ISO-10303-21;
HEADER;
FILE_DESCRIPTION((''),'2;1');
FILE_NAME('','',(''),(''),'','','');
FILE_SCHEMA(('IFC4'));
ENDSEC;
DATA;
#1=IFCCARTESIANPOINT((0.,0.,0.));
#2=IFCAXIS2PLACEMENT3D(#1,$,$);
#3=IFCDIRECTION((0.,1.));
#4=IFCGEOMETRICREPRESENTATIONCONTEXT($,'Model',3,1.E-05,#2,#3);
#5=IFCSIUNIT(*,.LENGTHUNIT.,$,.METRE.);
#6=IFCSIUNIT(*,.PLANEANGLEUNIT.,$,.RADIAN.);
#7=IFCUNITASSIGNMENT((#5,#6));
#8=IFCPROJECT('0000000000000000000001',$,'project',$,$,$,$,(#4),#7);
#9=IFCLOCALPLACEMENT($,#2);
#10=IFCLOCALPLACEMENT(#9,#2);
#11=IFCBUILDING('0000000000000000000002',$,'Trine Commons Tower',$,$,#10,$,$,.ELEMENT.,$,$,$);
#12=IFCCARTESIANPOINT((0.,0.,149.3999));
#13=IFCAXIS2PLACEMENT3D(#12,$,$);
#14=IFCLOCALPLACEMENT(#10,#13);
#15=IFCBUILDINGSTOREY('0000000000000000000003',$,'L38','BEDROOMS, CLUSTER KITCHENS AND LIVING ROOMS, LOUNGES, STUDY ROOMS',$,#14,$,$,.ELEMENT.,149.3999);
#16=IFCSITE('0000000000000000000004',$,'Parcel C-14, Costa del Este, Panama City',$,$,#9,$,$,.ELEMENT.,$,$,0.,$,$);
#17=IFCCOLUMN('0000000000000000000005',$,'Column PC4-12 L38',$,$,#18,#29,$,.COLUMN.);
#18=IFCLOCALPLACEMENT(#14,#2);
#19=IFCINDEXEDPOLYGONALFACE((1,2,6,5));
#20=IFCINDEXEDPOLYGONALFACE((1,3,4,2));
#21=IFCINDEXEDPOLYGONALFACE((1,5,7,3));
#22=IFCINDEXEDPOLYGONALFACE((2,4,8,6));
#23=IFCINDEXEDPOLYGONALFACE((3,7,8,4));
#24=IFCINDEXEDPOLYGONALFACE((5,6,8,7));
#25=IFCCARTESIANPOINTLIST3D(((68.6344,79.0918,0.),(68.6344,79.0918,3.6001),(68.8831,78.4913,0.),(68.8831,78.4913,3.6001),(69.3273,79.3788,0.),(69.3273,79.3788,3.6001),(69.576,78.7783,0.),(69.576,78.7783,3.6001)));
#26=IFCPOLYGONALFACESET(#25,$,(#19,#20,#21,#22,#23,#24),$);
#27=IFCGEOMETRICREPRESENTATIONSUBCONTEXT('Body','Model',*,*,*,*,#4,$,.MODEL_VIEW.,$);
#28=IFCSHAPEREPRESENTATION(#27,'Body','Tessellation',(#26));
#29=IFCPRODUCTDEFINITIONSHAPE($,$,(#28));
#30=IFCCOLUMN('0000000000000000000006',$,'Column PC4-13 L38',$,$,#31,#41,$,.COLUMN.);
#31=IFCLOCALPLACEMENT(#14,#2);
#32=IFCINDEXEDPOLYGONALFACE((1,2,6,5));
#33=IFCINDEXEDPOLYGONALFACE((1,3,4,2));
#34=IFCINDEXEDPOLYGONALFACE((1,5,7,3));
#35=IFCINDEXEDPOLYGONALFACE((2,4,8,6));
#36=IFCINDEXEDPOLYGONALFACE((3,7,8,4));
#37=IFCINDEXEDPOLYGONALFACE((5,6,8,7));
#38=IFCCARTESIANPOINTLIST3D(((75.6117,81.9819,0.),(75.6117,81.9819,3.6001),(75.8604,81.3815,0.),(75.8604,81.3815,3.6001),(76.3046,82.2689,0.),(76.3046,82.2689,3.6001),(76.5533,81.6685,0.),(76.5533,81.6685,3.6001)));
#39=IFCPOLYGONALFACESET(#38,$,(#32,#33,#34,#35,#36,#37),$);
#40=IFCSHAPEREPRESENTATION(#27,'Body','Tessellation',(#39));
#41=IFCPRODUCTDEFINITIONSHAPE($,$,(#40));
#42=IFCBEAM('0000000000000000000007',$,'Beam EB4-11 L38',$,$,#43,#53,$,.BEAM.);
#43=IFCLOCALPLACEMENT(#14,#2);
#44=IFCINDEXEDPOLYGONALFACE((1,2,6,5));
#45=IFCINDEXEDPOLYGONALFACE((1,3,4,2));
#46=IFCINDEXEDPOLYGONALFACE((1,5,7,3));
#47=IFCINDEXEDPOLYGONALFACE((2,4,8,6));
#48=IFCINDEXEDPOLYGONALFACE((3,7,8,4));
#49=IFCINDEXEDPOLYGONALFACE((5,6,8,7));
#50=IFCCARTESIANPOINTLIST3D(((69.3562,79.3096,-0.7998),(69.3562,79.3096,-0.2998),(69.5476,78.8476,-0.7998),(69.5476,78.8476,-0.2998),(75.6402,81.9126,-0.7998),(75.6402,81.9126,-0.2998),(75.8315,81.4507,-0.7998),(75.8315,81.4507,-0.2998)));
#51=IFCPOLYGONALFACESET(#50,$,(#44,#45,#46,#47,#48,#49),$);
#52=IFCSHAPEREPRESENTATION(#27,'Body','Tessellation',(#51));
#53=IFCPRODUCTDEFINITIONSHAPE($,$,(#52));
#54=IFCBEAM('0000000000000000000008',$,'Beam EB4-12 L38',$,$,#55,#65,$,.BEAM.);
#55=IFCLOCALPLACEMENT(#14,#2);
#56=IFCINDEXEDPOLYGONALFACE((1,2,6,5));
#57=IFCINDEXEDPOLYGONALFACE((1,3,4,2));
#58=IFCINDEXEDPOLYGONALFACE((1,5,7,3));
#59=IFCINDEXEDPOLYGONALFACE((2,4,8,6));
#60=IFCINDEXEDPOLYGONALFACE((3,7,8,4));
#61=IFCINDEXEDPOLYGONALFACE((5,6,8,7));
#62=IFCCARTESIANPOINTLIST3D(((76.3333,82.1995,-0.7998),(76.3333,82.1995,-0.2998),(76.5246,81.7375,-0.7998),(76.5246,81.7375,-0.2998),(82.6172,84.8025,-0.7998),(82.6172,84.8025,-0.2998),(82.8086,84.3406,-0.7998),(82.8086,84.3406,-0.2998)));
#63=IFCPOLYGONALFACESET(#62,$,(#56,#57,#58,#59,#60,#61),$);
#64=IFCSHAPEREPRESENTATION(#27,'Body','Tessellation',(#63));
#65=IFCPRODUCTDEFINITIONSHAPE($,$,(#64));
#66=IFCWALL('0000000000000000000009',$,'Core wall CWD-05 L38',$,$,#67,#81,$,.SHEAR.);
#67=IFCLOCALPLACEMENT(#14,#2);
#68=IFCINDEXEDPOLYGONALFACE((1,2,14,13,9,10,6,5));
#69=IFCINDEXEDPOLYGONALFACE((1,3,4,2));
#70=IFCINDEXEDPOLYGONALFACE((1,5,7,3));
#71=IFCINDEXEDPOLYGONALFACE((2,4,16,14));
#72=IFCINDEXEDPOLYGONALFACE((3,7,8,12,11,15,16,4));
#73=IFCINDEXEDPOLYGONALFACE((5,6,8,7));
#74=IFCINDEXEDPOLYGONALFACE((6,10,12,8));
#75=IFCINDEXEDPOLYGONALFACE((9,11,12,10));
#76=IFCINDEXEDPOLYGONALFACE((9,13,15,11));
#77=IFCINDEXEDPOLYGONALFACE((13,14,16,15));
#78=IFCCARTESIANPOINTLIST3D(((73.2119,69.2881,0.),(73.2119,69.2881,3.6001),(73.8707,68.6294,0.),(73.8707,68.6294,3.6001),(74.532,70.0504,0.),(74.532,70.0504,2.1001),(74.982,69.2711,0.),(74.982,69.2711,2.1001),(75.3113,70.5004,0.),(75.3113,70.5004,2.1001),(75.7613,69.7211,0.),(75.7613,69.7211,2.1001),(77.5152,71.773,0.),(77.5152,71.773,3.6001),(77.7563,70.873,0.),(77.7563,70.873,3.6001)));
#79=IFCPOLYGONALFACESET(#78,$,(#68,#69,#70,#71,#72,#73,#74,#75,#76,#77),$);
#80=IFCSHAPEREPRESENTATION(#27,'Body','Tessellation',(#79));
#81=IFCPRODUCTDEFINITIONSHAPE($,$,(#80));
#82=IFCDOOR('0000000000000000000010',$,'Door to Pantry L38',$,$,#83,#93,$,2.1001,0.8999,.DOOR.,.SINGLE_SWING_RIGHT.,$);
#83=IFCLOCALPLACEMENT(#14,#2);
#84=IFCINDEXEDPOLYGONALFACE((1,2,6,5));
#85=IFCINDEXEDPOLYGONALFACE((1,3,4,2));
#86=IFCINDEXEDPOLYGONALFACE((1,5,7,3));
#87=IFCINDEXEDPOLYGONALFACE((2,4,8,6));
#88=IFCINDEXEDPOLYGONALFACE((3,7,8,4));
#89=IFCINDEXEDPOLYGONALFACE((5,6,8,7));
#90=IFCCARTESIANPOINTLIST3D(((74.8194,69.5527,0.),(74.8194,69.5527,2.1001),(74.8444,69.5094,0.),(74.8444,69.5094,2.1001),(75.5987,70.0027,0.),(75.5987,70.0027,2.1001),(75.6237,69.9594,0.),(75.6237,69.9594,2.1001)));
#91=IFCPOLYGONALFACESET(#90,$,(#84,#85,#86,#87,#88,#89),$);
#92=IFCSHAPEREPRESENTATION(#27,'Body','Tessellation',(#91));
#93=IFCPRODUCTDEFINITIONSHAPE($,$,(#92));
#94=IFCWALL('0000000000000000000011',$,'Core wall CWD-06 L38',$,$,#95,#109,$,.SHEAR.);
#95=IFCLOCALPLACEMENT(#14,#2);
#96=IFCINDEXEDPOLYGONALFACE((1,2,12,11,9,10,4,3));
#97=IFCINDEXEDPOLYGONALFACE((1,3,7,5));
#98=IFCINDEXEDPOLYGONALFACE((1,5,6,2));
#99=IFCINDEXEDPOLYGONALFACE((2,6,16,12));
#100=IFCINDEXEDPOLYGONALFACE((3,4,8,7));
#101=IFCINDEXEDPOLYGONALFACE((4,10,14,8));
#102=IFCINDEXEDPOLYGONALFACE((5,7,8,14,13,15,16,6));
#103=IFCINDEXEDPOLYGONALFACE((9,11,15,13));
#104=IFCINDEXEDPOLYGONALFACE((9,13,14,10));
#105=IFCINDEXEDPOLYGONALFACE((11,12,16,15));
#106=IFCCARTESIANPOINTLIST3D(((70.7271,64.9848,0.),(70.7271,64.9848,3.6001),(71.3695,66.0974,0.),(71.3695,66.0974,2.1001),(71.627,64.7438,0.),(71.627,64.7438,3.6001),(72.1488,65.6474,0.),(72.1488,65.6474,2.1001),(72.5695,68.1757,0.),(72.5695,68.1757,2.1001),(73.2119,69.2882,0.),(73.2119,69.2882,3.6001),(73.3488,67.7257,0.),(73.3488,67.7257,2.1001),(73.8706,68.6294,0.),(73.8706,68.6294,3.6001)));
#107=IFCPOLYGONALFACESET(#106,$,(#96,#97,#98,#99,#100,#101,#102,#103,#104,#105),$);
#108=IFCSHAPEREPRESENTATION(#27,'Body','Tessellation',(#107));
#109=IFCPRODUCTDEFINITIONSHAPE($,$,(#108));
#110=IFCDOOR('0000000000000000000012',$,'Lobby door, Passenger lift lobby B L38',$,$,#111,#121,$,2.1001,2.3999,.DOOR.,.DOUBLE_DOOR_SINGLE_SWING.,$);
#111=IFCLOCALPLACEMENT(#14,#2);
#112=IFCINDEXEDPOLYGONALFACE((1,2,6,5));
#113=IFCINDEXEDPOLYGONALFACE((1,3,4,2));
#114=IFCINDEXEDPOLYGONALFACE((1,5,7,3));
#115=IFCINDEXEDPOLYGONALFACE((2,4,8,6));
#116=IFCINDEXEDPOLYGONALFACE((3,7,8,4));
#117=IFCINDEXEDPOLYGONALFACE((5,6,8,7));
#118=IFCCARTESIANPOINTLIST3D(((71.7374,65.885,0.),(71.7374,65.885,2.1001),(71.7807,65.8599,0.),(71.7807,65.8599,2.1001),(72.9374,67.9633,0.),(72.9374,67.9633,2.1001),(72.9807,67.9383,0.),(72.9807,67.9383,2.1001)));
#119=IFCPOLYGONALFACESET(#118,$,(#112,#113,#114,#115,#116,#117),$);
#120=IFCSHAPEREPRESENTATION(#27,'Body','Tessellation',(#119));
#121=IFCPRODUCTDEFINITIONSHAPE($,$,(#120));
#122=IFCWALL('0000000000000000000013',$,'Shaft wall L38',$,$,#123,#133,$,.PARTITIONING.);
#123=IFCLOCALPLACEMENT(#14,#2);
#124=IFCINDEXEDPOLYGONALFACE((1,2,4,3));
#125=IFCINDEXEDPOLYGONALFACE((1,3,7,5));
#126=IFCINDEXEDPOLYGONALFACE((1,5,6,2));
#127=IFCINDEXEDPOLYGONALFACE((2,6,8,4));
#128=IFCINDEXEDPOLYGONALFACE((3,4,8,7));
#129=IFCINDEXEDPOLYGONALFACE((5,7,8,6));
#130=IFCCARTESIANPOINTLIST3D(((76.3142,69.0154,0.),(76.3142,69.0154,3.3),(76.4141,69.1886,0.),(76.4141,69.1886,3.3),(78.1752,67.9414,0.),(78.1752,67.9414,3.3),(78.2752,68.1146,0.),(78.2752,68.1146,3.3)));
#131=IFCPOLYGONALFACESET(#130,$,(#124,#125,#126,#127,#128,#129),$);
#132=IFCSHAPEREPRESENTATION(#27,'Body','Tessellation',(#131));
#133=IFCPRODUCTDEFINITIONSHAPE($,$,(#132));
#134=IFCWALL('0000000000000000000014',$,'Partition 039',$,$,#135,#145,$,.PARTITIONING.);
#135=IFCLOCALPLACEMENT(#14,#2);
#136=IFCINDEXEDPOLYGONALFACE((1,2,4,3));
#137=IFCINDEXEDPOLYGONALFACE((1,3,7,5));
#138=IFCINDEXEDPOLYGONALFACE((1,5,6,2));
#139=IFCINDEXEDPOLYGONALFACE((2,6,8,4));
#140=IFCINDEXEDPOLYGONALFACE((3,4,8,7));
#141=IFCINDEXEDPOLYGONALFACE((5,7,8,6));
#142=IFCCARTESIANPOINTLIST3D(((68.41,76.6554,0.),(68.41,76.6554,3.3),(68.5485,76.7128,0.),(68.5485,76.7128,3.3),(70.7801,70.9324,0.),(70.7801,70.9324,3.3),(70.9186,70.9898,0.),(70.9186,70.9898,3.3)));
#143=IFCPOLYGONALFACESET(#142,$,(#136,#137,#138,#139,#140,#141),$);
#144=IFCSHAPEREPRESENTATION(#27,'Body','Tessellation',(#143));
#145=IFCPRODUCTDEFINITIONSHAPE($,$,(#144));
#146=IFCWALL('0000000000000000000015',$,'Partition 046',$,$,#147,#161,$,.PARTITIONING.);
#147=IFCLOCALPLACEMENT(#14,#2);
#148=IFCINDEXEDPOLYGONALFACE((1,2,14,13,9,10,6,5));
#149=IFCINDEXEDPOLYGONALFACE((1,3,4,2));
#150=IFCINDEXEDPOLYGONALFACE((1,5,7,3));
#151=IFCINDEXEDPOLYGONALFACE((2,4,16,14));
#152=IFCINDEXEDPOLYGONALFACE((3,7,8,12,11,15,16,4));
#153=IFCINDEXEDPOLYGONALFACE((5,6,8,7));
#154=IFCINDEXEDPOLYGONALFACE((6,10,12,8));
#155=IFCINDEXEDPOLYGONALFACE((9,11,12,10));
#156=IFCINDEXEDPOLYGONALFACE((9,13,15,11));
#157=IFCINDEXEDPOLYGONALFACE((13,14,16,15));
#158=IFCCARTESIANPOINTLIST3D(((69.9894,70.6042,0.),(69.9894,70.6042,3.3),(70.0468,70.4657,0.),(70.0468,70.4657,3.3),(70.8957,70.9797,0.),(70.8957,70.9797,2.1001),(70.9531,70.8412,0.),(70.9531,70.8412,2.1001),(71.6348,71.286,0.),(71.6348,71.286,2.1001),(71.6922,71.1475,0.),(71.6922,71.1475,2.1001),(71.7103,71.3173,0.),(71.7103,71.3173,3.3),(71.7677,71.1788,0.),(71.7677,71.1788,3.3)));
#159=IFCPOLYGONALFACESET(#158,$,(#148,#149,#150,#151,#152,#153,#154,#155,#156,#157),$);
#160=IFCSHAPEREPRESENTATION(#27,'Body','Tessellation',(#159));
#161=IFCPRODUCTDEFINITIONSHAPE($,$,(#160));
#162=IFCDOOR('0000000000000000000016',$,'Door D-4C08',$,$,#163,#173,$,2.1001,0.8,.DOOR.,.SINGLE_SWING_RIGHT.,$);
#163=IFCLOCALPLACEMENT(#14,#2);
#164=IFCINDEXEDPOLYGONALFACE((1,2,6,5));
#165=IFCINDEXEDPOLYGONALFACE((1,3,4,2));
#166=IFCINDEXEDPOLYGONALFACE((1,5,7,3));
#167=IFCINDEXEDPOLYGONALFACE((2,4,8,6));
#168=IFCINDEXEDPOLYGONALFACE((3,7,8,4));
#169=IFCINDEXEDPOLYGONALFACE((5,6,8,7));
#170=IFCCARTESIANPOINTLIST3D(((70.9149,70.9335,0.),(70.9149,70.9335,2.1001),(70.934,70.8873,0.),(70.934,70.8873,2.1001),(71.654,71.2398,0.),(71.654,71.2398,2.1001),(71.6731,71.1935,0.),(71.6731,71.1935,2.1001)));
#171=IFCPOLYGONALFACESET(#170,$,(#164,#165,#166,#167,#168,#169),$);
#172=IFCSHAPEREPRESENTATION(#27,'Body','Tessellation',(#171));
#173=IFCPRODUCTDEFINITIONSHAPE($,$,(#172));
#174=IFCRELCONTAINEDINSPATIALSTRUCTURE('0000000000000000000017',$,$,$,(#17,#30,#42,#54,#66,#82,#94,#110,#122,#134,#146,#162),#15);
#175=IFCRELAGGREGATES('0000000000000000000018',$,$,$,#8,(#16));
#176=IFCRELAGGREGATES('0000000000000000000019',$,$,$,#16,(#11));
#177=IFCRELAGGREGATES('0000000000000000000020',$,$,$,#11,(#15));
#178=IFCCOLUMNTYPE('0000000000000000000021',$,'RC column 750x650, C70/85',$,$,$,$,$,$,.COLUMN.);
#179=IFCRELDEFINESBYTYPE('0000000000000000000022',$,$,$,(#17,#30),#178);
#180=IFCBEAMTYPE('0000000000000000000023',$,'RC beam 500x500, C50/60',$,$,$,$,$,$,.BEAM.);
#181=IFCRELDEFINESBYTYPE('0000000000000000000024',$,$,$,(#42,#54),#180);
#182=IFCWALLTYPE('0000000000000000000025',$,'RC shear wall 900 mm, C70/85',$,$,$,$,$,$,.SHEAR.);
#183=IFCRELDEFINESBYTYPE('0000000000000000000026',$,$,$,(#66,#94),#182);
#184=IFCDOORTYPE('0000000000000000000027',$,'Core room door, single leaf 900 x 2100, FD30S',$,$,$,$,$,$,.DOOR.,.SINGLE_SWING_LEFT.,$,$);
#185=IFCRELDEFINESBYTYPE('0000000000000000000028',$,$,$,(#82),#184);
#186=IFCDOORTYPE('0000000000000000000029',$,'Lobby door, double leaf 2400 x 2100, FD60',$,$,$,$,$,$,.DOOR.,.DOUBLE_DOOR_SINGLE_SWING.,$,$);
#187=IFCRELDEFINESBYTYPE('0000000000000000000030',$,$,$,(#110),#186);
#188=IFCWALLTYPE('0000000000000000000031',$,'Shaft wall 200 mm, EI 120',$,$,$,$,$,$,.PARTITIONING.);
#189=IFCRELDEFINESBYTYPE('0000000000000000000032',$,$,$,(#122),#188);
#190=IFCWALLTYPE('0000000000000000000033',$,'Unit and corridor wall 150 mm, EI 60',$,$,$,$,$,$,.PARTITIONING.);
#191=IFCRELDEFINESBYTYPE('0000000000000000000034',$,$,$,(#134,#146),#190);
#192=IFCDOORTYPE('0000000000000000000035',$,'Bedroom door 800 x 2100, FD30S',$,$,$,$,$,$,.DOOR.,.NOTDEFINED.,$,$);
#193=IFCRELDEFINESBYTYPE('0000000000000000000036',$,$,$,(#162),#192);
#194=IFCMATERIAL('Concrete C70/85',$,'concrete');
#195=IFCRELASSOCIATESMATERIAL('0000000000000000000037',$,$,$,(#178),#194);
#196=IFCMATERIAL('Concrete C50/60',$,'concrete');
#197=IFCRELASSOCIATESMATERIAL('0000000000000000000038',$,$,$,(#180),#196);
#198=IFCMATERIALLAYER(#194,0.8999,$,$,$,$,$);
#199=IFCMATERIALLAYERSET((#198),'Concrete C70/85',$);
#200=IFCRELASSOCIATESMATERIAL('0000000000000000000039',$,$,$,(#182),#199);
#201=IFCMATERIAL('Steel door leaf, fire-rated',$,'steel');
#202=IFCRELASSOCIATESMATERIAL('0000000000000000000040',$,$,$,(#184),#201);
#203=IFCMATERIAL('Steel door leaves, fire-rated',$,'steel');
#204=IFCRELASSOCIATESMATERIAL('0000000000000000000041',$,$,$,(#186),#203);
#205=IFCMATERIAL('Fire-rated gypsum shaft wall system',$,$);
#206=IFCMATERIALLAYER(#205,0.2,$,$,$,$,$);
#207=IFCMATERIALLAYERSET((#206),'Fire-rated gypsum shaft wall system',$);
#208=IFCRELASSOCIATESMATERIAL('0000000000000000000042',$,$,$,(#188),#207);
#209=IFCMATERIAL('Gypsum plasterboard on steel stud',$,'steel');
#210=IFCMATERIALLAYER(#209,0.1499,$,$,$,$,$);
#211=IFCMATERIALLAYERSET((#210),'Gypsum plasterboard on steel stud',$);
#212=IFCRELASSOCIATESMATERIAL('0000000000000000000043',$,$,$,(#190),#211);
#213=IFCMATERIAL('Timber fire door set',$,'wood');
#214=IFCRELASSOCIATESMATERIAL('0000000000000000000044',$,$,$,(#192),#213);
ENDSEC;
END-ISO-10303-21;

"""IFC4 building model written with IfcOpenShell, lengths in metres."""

from ifc_helpers import new_model, si_unit, direction, frame, frame_2d, origin, origin_2d, place, context, subcontext, project, spatial, polyline, rectangle, outline, extrude, material, layer, layer_set, material_profile, profile_set, type_object, element, fill, save


model = new_model("IFC4")

# Units and contexts
model_context = context("Model", 3, precision=1e-05, world=origin(), true_north=direction((0.0, 1.0)))
body_context = subcontext(model_context, "Body", "Model", "MODEL_VIEW")
ifc_project = project(units=[si_unit("LENGTHUNIT", "METRE"), si_unit("PLANEANGLEUNIT", "RADIAN")], contexts=[model_context])

# Site, building, storey
site_placement = place(None, origin())
site = spatial("IfcSite", under=ifc_project, at=site_placement, Name="Parcel C-14, Costa del Este, Panama City", CompositionType="ELEMENT", RefElevation=0.0)
building_placement = place(site_placement, origin())
building = spatial("IfcBuilding", under=site, at=building_placement, Name="Trine Commons Tower", CompositionType="ELEMENT")
storey_placement = place(building_placement, frame((0.0, 0.0, 149.3999)))
storey = spatial("IfcBuildingStorey", under=building, at=storey_placement, Name="L38", Description="BEDROOMS, CLUSTER KITCHENS AND LIVING ROOMS, LOUNGES, STUDY ROOMS", CompositionType="ELEMENT", Elevation=149.3999)

# Columns
ifc_material_1 = material(Name="Concrete C70/85", Category="concrete")
ifc_material_profile_1 = material_profile(ifc_material_1, rectangle(XDim=0.75, YDim=0.6499, at=origin_2d()), Name="RC 750x650")
ifc_profile_set_1 = profile_set([ifc_material_profile_1], Name="Concrete C70/85")
column_type = type_object("IfcColumnType", Name="RC column 750x650, C70/85", PredefinedType="COLUMN", material=ifc_profile_set_1)
for number, where, z_axis, x_axis, name in (
    (1, (69.1052, 78.9351, 0.0), (0.0, 0.0, 1.0), (0.92388, 0.382683, 0.0), "Column PC4-12 L38"),
    (2, (76.0825, 81.8252, 0.0), (0.0, 0.0, 1.0), (0.92388, 0.382683, 0.0), "Column PC4-13 L38"),
):
    element("IfcColumn", number, at=place(storey_placement, frame(where, z_axis=z_axis, x_axis=x_axis)), inside=storey, type_object=column_type, Name=name, PredefinedType="COLUMN", context=body_context, shape_type="SweptSolid", body=[
        extrude(rectangle(XDim=0.75, YDim=0.6499, at=origin_2d()), origin(), (0.0, 0.0, 1.0), 3.6001),
    ])

# Beams
ifc_material_2 = material(Name="Concrete C50/60", Category="concrete")
ifc_material_profile_2 = material_profile(ifc_material_2, rectangle(XDim=0.5, YDim=0.5, at=origin_2d()), Name="RC 500x500")
ifc_profile_set_2 = profile_set([ifc_material_profile_2], Name="Concrete C50/60")
beam_type = type_object("IfcBeamType", Name="RC beam 500x500, C50/60", PredefinedType="BEAM", material=ifc_profile_set_2)
for number, where, z_axis, x_axis, name in (
    (3, (69.4519, 79.0786, -0.5498), (0.923872, 0.382701, 0.0), (-0.382701, 0.923872, 0.0), "Beam EB4-11 L38"),
    (4, (76.429, 81.9685, -0.5498), (0.923872, 0.382701, 0.0), (-0.382701, 0.923872, 0.0), "Beam EB4-12 L38"),
):
    element("IfcBeam", number, at=place(storey_placement, frame(where, z_axis=z_axis, x_axis=x_axis)), inside=storey, type_object=beam_type, Name=name, PredefinedType="BEAM", context=body_context, shape_type="SweptSolid", body=[
        extrude(rectangle(XDim=0.5, YDim=0.5, at=origin_2d()), origin(), (0.0, 0.0, 1.0), 6.8018),
    ])

# Walls, openings, doors
ifc_layer_1 = layer(ifc_material_1, 0.8999)
ifc_layer_set_1 = layer_set([ifc_layer_1], Name="Concrete C70/85")
wall_type_1 = type_object("IfcWallType", Name="RC shear wall 900 mm, C70/85", PredefinedType="SHEAR", material=ifc_layer_set_1)
wall_1_placement = place(storey_placement, frame((77.7402, 71.3833, 0.0), z_axis=(0.0, 0.0, 1.0), x_axis=(-0.866003, -0.500039, 0.0)))
wall_1 = element("IfcWall", 5, at=wall_1_placement, inside=storey, type_object=wall_type_1, Name="Core wall CWD-05 L38", PredefinedType="SHEAR", context=body_context, shape_type="SweptSolid", body=[
    extrude(outline(polyline([(0.0, -0.45), (4.9692, -0.45), (4.728, 0.45), (0.2412, 0.45), (0.0, -0.45)])), origin(), (0.0, 0.0, 1.0), 3.6001),
])
opening_1_placement = place(wall_1_placement, frame((2.5449, 0.0, 0.0)))
opening_1 = element("IfcOpeningElement", 6, at=opening_1_placement, cuts=wall_1, PredefinedType="OPENING", context=body_context, shape_type="SweptSolid", body=[
    extrude(rectangle(XDim=0.8999, YDim=2.1001, at=frame_2d((0.45, 1.05))), frame((0.0, 0.46, 0.0), z_axis=(0.0, -1.0, 0.0), x_axis=(1.0, 0.0, 0.0)), (0.0, 0.0, 1.0), 0.9199),
])
ifc_material_3 = material(Name="Steel door leaf, fire-rated", Category="steel")
door_type_1 = type_object("IfcDoorType", Name="Core room door, single leaf 900 x 2100, FD30S", OperationType="SINGLE_SWING_LEFT", PredefinedType="DOOR", material=ifc_material_3)
door_1_placement = place(opening_1_placement, origin())
door_1 = element("IfcDoor", 7, at=door_1_placement, inside=storey, type_object=door_type_1, Name="Door to Pantry L38", OperationType="SINGLE_SWING_RIGHT", OverallHeight=2.1001, OverallWidth=0.8999, PredefinedType="DOOR", context=body_context, shape_type="SweptSolid", body=[
    extrude(rectangle(XDim=0.8999, YDim=2.1001, at=frame_2d((0.45, 1.05))), frame((0.0, 0.1748, 0.0), z_axis=(0.0, -1.0, 0.0), x_axis=(1.0, 0.0, 0.0)), (0.0, 0.0, 1.0), 0.05),
])
fill(opening_1, door_1)
wall_2_placement = place(storey_placement, frame((73.6016, 69.0632, 0.0), z_axis=(0.0, 0.0, 1.0), x_axis=(-0.500039, -0.866003, 0.0)))
wall_2 = element("IfcWall", 8, at=wall_2_placement, inside=storey, type_object=wall_type_1, Name="Core wall CWD-06 L38", PredefinedType="SHEAR", context=body_context, shape_type="SweptSolid", body=[
    extrude(outline(polyline([(0.0, -0.45), (4.9692, -0.45), (4.728, 0.45), (0.2412, 0.45), (0.0, -0.45)])), origin(), (0.0, 0.0, 1.0), 3.6001),
])
opening_2_placement = place(wall_2_placement, frame((1.2847, 0.0, 0.0)))
opening_2 = element("IfcOpeningElement", 9, at=opening_2_placement, cuts=wall_2, PredefinedType="OPENING", context=body_context, shape_type="SweptSolid", body=[
    extrude(rectangle(XDim=2.3999, YDim=2.1001, at=frame_2d((1.2, 1.05))), frame((0.0, 0.46, 0.0), z_axis=(0.0, -1.0, 0.0), x_axis=(1.0, 0.0, 0.0)), (0.0, 0.0, 1.0), 0.9199),
])
ifc_material_4 = material(Name="Steel door leaves, fire-rated", Category="steel")
door_type_2 = type_object("IfcDoorType", Name="Lobby door, double leaf 2400 x 2100, FD60", OperationType="DOUBLE_DOOR_SINGLE_SWING", PredefinedType="DOOR", material=ifc_material_4)
door_2_placement = place(opening_2_placement, origin())
door_2 = element("IfcDoor", 10, at=door_2_placement, inside=storey, type_object=door_type_2, Name="Lobby door, Passenger lift lobby B L38", OperationType="DOUBLE_DOOR_SINGLE_SWING", OverallHeight=2.1001, OverallWidth=2.3999, PredefinedType="DOOR", context=body_context, shape_type="SweptSolid", body=[
    extrude(rectangle(XDim=2.3999, YDim=2.1001, at=frame_2d((1.2, 1.05))), frame((0.0, 0.0249, 0.0), z_axis=(0.0, -1.0, 0.0), x_axis=(1.0, 0.0, 0.0)), (0.0, 0.0, 1.0), 0.05),
])
fill(opening_2, door_2)

# Walls
ifc_material_5 = material(Name="Fire-rated gypsum shaft wall system")
ifc_layer_2 = layer(ifc_material_5, 0.2)
ifc_layer_set_2 = layer_set([ifc_layer_2], Name="Fire-rated gypsum shaft wall system")
wall_type_2 = type_object("IfcWallType", Name="Shaft wall 200 mm, EI 120", PredefinedType="PARTITIONING", material=ifc_layer_set_2)
wall_3_placement = place(storey_placement, frame((78.2251, 68.0281, 0.0), z_axis=(0.0, 0.0, 1.0), x_axis=(-0.866131, 0.499818, 0.0)))
element("IfcWall", 11, at=wall_3_placement, inside=storey, type_object=wall_type_2, Name="Shaft wall L38", PredefinedType="PARTITIONING", context=body_context, shape_type="SweptSolid", body=[
    extrude(rectangle(XDim=2.1487, YDim=0.2, at=frame_2d((1.0742, 0.0))), origin(), (0.0, 0.0, 1.0), 3.3),
])
ifc_material_6 = material(Name="Gypsum plasterboard on steel stud", Category="steel")
ifc_layer_3 = layer(ifc_material_6, 0.1499)
ifc_layer_set_3 = layer_set([ifc_layer_3], Name="Gypsum plasterboard on steel stud")
wall_type_3 = type_object("IfcWallType", Name="Unit and corridor wall 150 mm, EI 60", PredefinedType="PARTITIONING", material=ifc_layer_set_3)
wall_4_placement = place(storey_placement, frame((68.4792, 76.6841, 0.0), z_axis=(0.0, 0.0, 1.0), x_axis=(0.38263, -0.923902, 0.0)))
element("IfcWall", 12, at=wall_4_placement, inside=storey, type_object=wall_type_3, Name="Partition 039", PredefinedType="PARTITIONING", context=body_context, shape_type="SweptSolid", body=[
    extrude(rectangle(XDim=6.1943, YDim=0.1499, at=frame_2d((3.0972, 0.0))), origin(), (0.0, 0.0, 1.0), 3.3),
])

# Wall, opening, door
wall_5_placement = place(storey_placement, frame((70.0181, 70.5349, 0.0), z_axis=(0.0, 0.0, 1.0), x_axis=(0.923824, 0.382819, 0.0)))
wall_5 = element("IfcWall", 13, at=wall_5_placement, inside=storey, type_object=wall_type_3, Name="Partition 046", PredefinedType="PARTITIONING", context=body_context, shape_type="SweptSolid", body=[
    extrude(rectangle(XDim=1.8628, YDim=0.1499, at=frame_2d((0.9314, 0.0))), origin(), (0.0, 0.0, 1.0), 3.3),
])
opening_3_placement = place(wall_5_placement, frame((0.9812, 0.0, 0.0)))
opening_3 = element("IfcOpeningElement", 14, at=opening_3_placement, cuts=wall_5, PredefinedType="OPENING", context=body_context, shape_type="SweptSolid", body=[
    extrude(rectangle(XDim=0.8, YDim=2.1001, at=frame_2d((0.3999, 1.05))), frame((0.0, 0.085, 0.0), z_axis=(0.0, -1.0, 0.0), x_axis=(1.0, 0.0, 0.0)), (0.0, 0.0, 1.0), 0.1699),
])
ifc_material_7 = material(Name="Timber fire door set", Category="wood")
door_type_3 = type_object("IfcDoorType", Name="Bedroom door 800 x 2100, FD30S", OperationType="NOTDEFINED", PredefinedType="DOOR", material=ifc_material_7)
door_3_placement = place(opening_3_placement, origin())
door_3 = element("IfcDoor", 15, at=door_3_placement, inside=storey, type_object=door_type_3, Name="Door D-4C08", OperationType="SINGLE_SWING_RIGHT", OverallHeight=2.1001, OverallWidth=0.8, PredefinedType="DOOR", context=body_context, shape_type="SweptSolid", body=[
    extrude(rectangle(XDim=0.8, YDim=2.1001, at=frame_2d((0.3999, 1.05))), frame((0.0, 0.0249, 0.0), z_axis=(0.0, -1.0, 0.0), x_axis=(1.0, 0.0, 0.0)), (0.0, 0.0, 1.0), 0.05),
])
fill(opening_3, door_3)

save(model, "model.ifc")
